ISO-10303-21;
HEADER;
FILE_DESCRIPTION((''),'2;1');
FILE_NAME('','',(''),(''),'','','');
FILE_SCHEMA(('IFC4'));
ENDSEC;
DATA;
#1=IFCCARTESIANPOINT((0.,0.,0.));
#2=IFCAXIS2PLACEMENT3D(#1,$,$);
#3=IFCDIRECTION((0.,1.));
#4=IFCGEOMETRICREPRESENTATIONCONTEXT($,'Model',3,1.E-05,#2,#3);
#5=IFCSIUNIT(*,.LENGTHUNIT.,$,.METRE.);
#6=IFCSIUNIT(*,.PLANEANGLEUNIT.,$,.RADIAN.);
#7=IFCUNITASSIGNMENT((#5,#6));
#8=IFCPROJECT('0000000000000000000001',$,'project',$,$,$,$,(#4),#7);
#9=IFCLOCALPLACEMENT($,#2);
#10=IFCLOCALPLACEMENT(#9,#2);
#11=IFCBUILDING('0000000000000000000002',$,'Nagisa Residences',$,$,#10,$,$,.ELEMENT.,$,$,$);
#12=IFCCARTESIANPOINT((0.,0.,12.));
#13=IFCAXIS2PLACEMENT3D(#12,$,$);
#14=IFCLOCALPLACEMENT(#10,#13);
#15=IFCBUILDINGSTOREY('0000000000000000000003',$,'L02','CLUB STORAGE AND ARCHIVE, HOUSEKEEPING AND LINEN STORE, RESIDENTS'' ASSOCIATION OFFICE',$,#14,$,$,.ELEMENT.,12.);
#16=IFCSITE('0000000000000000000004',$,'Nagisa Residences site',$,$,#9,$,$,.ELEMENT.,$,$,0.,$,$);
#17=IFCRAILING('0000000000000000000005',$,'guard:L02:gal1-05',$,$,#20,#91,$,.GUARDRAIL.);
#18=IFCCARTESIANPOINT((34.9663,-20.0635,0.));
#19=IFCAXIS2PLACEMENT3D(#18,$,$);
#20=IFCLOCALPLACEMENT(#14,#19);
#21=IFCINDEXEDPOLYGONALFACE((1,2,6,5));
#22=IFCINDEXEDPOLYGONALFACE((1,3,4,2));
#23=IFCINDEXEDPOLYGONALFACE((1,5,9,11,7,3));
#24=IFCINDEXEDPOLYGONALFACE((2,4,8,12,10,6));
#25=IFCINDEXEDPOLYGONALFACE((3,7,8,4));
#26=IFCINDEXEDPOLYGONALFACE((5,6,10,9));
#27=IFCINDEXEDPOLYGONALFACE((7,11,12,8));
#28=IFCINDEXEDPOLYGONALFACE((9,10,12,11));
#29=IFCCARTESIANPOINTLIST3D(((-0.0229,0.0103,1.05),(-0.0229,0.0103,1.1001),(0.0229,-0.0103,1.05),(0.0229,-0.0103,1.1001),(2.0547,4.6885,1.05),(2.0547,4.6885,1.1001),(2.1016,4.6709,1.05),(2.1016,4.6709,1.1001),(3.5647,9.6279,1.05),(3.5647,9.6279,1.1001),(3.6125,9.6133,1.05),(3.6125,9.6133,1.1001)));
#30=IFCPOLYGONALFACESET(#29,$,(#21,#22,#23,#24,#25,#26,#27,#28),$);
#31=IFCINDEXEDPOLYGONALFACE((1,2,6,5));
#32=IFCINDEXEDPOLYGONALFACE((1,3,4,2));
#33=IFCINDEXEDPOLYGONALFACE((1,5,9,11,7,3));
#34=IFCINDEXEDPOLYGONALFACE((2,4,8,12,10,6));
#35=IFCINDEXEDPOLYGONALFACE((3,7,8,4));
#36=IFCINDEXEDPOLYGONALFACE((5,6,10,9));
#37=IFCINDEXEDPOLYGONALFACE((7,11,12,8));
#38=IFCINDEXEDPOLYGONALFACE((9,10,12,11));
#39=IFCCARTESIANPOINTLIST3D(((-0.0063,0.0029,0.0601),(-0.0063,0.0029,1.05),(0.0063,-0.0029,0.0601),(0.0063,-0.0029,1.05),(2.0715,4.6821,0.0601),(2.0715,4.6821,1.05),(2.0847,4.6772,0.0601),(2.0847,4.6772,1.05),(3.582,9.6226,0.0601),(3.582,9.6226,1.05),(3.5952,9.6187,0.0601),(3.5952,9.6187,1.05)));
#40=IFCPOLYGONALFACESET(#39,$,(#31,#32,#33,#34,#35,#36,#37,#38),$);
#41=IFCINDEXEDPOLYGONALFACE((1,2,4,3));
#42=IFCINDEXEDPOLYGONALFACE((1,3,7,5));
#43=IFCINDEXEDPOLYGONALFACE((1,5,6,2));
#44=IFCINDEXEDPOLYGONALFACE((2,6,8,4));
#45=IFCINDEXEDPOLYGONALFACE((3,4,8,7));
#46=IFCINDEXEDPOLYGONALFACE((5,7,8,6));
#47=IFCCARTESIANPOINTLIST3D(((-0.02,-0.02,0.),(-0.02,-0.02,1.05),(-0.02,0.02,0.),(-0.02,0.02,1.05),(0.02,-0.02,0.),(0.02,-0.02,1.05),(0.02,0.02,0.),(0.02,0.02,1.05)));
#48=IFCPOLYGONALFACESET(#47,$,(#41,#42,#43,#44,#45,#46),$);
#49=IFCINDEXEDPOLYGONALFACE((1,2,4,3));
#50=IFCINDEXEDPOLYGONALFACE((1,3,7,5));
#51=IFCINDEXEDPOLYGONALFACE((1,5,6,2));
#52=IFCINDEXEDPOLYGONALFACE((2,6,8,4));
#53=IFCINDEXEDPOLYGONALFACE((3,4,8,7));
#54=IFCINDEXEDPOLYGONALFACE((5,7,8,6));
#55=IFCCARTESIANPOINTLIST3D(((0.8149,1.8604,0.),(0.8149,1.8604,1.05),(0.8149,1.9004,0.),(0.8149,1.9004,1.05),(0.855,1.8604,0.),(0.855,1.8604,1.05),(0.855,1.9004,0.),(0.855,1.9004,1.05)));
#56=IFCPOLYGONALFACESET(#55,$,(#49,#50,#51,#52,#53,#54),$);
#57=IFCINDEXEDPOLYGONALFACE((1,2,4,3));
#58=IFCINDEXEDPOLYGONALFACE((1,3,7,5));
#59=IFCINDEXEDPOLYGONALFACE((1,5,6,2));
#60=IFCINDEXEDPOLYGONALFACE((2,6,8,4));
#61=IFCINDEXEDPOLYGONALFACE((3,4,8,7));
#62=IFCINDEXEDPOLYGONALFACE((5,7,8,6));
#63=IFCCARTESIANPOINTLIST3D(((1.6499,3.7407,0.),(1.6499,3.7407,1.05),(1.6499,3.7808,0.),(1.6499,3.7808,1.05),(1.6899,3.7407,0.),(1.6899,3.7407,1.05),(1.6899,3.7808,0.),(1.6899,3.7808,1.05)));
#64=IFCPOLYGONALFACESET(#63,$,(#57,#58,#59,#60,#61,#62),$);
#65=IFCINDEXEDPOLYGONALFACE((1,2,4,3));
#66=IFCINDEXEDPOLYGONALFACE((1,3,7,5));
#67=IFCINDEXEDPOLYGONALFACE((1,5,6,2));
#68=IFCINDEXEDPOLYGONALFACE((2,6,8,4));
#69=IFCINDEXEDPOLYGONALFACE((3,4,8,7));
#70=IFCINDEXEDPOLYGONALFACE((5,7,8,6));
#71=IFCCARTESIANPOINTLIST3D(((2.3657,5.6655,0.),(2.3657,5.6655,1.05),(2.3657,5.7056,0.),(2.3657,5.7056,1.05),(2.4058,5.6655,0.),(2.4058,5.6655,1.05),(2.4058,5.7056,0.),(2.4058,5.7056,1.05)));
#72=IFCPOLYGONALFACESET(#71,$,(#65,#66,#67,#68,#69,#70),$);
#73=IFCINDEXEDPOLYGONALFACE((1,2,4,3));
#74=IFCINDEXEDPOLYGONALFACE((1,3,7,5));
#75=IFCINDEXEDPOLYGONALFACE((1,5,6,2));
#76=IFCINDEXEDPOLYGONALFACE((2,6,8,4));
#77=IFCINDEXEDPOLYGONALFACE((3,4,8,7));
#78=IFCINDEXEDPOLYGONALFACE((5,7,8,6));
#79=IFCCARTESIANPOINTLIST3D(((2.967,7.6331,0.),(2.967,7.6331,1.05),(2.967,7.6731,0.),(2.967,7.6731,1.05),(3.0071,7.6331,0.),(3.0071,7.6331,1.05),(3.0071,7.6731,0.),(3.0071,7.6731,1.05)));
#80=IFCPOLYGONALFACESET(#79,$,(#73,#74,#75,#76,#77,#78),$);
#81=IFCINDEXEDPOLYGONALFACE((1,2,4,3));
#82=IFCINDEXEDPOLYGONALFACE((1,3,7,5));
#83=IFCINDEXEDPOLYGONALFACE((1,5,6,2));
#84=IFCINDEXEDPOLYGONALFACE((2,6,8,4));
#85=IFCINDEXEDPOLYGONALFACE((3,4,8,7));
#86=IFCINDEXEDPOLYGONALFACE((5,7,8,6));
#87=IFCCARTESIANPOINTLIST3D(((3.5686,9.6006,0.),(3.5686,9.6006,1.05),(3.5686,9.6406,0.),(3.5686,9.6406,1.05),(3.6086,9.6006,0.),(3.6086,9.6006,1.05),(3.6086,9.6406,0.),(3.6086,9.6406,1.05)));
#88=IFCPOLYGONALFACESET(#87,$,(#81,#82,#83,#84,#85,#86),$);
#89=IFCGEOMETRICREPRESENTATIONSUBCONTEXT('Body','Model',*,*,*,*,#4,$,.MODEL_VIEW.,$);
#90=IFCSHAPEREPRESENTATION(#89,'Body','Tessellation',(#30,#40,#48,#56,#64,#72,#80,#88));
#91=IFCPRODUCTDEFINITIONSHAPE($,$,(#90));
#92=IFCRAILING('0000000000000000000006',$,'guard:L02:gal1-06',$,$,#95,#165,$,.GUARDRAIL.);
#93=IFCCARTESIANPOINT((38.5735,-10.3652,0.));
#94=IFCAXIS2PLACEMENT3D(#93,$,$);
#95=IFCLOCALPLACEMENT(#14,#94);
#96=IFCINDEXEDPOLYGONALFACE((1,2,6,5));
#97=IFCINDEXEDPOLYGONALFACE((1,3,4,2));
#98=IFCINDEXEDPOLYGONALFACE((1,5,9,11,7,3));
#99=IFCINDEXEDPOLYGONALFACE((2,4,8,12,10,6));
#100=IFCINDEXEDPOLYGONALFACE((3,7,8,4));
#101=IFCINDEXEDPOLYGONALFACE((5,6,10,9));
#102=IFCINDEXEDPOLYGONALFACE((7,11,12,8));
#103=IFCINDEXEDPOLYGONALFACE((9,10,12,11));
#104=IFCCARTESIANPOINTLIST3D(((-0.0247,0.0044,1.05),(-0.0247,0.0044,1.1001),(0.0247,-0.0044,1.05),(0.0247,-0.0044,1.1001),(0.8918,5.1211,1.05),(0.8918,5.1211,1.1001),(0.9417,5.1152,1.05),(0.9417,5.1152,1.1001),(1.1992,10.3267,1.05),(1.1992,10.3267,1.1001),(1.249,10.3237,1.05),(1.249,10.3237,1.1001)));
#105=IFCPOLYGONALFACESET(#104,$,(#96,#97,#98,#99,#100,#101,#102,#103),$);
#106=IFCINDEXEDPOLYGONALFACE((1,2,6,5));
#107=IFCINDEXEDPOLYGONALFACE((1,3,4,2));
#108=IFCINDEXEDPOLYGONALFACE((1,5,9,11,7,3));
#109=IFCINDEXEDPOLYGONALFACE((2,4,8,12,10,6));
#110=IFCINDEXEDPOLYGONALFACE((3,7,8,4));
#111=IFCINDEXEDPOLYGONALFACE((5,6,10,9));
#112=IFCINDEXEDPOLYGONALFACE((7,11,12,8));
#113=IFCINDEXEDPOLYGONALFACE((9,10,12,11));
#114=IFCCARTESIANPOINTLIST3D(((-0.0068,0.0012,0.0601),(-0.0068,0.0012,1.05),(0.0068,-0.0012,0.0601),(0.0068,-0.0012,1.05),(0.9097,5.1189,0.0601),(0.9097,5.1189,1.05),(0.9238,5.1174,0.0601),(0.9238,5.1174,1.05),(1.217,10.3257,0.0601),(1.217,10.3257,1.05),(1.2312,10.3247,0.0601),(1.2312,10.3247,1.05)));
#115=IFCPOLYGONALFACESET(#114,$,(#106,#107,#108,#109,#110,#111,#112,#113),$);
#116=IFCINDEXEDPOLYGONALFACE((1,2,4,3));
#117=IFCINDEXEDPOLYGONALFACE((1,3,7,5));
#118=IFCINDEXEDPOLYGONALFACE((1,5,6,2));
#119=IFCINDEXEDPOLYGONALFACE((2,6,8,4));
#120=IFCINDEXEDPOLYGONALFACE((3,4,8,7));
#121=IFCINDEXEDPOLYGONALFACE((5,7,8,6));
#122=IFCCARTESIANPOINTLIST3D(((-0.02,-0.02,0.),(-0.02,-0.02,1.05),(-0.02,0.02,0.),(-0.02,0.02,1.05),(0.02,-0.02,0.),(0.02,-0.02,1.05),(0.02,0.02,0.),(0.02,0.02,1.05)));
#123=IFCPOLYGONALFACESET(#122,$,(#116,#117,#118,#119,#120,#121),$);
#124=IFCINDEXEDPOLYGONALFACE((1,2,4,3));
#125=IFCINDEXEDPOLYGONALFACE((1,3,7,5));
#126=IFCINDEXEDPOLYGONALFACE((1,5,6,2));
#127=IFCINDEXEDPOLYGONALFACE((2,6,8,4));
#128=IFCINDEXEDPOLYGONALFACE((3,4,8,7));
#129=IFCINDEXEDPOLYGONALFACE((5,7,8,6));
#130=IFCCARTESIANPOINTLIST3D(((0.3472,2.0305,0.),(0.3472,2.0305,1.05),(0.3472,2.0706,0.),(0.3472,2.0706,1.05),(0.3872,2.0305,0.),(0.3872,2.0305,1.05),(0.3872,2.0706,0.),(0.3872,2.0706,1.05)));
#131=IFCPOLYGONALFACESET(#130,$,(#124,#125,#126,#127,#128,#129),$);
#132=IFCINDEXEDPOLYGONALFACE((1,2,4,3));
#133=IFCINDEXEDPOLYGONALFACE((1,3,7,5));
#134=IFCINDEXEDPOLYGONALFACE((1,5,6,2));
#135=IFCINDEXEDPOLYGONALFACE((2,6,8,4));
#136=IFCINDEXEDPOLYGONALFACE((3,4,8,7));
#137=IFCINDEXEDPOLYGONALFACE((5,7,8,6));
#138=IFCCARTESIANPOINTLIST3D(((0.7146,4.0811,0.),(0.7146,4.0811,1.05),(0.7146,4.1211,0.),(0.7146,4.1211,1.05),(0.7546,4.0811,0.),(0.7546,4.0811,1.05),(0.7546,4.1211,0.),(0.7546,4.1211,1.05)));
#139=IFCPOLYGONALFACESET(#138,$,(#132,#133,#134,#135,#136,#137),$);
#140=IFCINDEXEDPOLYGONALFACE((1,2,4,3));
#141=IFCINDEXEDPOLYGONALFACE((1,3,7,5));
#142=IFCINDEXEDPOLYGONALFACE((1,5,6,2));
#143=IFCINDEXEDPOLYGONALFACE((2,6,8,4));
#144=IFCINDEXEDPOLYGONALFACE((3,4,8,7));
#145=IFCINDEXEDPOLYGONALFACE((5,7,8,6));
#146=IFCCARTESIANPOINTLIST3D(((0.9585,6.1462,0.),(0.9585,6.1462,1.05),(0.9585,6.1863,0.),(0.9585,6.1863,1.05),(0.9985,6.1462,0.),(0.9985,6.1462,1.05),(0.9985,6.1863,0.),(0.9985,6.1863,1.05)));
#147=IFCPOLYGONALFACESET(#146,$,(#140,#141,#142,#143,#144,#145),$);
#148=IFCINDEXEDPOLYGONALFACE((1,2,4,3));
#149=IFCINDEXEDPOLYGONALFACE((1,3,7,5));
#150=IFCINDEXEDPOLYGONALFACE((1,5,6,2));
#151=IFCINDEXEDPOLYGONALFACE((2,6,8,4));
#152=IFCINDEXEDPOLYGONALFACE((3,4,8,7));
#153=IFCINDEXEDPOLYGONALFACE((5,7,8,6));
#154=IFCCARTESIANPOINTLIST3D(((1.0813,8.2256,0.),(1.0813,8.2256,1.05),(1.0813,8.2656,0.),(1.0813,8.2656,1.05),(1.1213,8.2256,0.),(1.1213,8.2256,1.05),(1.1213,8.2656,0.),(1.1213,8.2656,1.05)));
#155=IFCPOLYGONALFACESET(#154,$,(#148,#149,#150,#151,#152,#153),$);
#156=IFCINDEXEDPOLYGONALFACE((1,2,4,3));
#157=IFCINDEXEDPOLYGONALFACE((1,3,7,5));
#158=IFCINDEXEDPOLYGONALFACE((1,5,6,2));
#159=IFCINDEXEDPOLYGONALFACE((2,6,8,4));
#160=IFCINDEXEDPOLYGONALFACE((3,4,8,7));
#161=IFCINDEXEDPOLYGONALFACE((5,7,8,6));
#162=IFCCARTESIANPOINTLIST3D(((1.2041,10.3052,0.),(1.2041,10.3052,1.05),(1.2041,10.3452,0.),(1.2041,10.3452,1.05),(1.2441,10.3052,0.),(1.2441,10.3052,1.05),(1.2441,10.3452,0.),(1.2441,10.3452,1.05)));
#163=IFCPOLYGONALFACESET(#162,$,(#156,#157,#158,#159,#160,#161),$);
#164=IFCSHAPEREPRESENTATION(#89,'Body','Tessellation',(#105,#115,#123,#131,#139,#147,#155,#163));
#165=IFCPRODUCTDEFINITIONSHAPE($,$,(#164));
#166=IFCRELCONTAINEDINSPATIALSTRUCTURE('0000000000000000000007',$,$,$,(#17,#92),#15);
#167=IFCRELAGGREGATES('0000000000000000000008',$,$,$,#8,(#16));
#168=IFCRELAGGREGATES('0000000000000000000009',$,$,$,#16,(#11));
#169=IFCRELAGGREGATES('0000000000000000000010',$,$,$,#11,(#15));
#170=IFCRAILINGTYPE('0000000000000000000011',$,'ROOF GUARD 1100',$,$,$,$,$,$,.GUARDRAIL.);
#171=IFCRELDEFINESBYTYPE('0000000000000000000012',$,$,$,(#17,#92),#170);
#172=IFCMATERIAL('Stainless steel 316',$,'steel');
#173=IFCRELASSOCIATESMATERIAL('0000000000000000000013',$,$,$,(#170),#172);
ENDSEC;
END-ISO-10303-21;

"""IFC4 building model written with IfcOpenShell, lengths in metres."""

from ifc_helpers import new_model, si_unit, direction, frame, origin, origin_2d, place, context, subcontext, project, spatial, polyline, rectangle, outline, extrude, material, type_object, element, save


model = new_model("IFC4")

# Units and contexts
model_context = context("Model", 3, precision=1e-05, world=origin(), true_north=direction((0.0, 1.0)))
body_context = subcontext(model_context, "Body", "Model", "MODEL_VIEW")
ifc_project = project(units=[si_unit("LENGTHUNIT", "METRE"), si_unit("PLANEANGLEUNIT", "RADIAN")], contexts=[model_context])

# Site, building, storey
site_placement = place(None, origin())
site = spatial("IfcSite", under=ifc_project, at=site_placement, Name="Nagisa Residences site", CompositionType="ELEMENT", RefElevation=0.0)
building_placement = place(site_placement, origin())
building = spatial("IfcBuilding", under=site, at=building_placement, Name="Nagisa Residences", CompositionType="ELEMENT")
storey_placement = place(building_placement, frame((0.0, 0.0, 12.0)))
storey = spatial("IfcBuildingStorey", under=building, at=storey_placement, Name="L02", Description="CLUB STORAGE AND ARCHIVE, HOUSEKEEPING AND LINEN STORE, RESIDENTS' ASSOCIATION OFFICE", CompositionType="ELEMENT", Elevation=12.0)

# Railings
ifc_material_1 = material(Name="Stainless steel 316", Category="steel")
railing_type = type_object("IfcRailingType", Name="ROOF GUARD 1100", PredefinedType="GUARDRAIL", material=ifc_material_1)
railing_1_placement = place(storey_placement, frame((34.9663, -20.0635, 0.0)))
element("IfcRailing", 1, at=railing_1_placement, inside=storey, type_object=railing_type, Name="guard:L02:gal1-05", PredefinedType="GUARDRAIL", context=body_context, shape_type="SweptSolid", body=[
    extrude(outline(polyline([(2.0547, 4.6885), (-0.0229, 0.0103), (0.0229, -0.0103), (2.1016, 4.6709), (3.6125, 9.6133), (3.5647, 9.6279), (2.0547, 4.6885)])), frame((0.0, 0.0, 1.05)), (0.0, 0.0, 1.0), 0.05),
    extrude(outline(polyline([(2.0715, 4.6821), (-0.0063, 0.0029), (0.0063, -0.0029), (2.0847, 4.6772), (3.5952, 9.6187), (3.582, 9.6226), (2.0715, 4.6821)])), frame((0.0, 0.0, 0.0601)), (0.0, 0.0, 1.0), 0.99),
    extrude(rectangle(XDim=0.04, YDim=0.04, at=origin_2d()), origin(), (0.0, 0.0, 1.0), 1.05),
    extrude(rectangle(XDim=0.04, YDim=0.04, at=origin_2d()), frame((0.835, 1.8804, 0.0)), (0.0, 0.0, 1.0), 1.05),
    extrude(rectangle(XDim=0.04, YDim=0.04, at=origin_2d()), frame((1.6699, 3.7607, 0.0)), (0.0, 0.0, 1.0), 1.05),
    extrude(rectangle(XDim=0.04, YDim=0.04, at=origin_2d()), frame((2.3857, 5.6855, 0.0)), (0.0, 0.0, 1.0), 1.05),
    extrude(rectangle(XDim=0.04, YDim=0.04, at=origin_2d()), frame((2.9871, 7.6531, 0.0)), (0.0, 0.0, 1.0), 1.05),
    extrude(rectangle(XDim=0.04, YDim=0.04, at=origin_2d()), frame((3.5886, 9.6206, 0.0)), (0.0, 0.0, 1.0), 1.05),
])
railing_2_placement = place(storey_placement, frame((38.5735, -10.3652, 0.0)))
element("IfcRailing", 2, at=railing_2_placement, inside=storey, type_object=railing_type, Name="guard:L02:gal1-06", PredefinedType="GUARDRAIL", context=body_context, shape_type="SweptSolid", body=[
    extrude(outline(polyline([(0.8918, 5.1211), (-0.0247, 0.0044), (0.0247, -0.0044), (0.9417, 5.1152), (1.249, 10.3237), (1.1992, 10.3267), (0.8918, 5.1211)])), frame((0.0, 0.0, 1.05)), (0.0, 0.0, 1.0), 0.05),
    extrude(outline(polyline([(0.9097, 5.1189), (-0.0068, 0.0012), (0.0068, -0.0012), (0.9238, 5.1174), (1.2312, 10.3247), (1.217, 10.3257), (0.9097, 5.1189)])), frame((0.0, 0.0, 0.0601)), (0.0, 0.0, 1.0), 0.99),
    extrude(rectangle(XDim=0.04, YDim=0.04, at=origin_2d()), origin(), (0.0, 0.0, 1.0), 1.05),
    extrude(rectangle(XDim=0.04, YDim=0.04, at=origin_2d()), frame((0.3672, 2.0505, 0.0)), (0.0, 0.0, 1.0), 1.05),
    extrude(rectangle(XDim=0.04, YDim=0.04, at=origin_2d()), frame((0.7346, 4.1011, 0.0)), (0.0, 0.0, 1.0), 1.05),
    extrude(rectangle(XDim=0.04, YDim=0.04, at=origin_2d()), frame((0.9785, 6.1663, 0.0)), (0.0, 0.0, 1.0), 1.05),
    extrude(rectangle(XDim=0.04, YDim=0.04, at=origin_2d()), frame((1.1013, 8.2456, 0.0)), (0.0, 0.0, 1.0), 1.05),
    extrude(rectangle(XDim=0.04, YDim=0.04, at=origin_2d()), frame((1.2241, 10.3252, 0.0)), (0.0, 0.0, 1.0), 1.05),
])

save(model, "model.ifc")
